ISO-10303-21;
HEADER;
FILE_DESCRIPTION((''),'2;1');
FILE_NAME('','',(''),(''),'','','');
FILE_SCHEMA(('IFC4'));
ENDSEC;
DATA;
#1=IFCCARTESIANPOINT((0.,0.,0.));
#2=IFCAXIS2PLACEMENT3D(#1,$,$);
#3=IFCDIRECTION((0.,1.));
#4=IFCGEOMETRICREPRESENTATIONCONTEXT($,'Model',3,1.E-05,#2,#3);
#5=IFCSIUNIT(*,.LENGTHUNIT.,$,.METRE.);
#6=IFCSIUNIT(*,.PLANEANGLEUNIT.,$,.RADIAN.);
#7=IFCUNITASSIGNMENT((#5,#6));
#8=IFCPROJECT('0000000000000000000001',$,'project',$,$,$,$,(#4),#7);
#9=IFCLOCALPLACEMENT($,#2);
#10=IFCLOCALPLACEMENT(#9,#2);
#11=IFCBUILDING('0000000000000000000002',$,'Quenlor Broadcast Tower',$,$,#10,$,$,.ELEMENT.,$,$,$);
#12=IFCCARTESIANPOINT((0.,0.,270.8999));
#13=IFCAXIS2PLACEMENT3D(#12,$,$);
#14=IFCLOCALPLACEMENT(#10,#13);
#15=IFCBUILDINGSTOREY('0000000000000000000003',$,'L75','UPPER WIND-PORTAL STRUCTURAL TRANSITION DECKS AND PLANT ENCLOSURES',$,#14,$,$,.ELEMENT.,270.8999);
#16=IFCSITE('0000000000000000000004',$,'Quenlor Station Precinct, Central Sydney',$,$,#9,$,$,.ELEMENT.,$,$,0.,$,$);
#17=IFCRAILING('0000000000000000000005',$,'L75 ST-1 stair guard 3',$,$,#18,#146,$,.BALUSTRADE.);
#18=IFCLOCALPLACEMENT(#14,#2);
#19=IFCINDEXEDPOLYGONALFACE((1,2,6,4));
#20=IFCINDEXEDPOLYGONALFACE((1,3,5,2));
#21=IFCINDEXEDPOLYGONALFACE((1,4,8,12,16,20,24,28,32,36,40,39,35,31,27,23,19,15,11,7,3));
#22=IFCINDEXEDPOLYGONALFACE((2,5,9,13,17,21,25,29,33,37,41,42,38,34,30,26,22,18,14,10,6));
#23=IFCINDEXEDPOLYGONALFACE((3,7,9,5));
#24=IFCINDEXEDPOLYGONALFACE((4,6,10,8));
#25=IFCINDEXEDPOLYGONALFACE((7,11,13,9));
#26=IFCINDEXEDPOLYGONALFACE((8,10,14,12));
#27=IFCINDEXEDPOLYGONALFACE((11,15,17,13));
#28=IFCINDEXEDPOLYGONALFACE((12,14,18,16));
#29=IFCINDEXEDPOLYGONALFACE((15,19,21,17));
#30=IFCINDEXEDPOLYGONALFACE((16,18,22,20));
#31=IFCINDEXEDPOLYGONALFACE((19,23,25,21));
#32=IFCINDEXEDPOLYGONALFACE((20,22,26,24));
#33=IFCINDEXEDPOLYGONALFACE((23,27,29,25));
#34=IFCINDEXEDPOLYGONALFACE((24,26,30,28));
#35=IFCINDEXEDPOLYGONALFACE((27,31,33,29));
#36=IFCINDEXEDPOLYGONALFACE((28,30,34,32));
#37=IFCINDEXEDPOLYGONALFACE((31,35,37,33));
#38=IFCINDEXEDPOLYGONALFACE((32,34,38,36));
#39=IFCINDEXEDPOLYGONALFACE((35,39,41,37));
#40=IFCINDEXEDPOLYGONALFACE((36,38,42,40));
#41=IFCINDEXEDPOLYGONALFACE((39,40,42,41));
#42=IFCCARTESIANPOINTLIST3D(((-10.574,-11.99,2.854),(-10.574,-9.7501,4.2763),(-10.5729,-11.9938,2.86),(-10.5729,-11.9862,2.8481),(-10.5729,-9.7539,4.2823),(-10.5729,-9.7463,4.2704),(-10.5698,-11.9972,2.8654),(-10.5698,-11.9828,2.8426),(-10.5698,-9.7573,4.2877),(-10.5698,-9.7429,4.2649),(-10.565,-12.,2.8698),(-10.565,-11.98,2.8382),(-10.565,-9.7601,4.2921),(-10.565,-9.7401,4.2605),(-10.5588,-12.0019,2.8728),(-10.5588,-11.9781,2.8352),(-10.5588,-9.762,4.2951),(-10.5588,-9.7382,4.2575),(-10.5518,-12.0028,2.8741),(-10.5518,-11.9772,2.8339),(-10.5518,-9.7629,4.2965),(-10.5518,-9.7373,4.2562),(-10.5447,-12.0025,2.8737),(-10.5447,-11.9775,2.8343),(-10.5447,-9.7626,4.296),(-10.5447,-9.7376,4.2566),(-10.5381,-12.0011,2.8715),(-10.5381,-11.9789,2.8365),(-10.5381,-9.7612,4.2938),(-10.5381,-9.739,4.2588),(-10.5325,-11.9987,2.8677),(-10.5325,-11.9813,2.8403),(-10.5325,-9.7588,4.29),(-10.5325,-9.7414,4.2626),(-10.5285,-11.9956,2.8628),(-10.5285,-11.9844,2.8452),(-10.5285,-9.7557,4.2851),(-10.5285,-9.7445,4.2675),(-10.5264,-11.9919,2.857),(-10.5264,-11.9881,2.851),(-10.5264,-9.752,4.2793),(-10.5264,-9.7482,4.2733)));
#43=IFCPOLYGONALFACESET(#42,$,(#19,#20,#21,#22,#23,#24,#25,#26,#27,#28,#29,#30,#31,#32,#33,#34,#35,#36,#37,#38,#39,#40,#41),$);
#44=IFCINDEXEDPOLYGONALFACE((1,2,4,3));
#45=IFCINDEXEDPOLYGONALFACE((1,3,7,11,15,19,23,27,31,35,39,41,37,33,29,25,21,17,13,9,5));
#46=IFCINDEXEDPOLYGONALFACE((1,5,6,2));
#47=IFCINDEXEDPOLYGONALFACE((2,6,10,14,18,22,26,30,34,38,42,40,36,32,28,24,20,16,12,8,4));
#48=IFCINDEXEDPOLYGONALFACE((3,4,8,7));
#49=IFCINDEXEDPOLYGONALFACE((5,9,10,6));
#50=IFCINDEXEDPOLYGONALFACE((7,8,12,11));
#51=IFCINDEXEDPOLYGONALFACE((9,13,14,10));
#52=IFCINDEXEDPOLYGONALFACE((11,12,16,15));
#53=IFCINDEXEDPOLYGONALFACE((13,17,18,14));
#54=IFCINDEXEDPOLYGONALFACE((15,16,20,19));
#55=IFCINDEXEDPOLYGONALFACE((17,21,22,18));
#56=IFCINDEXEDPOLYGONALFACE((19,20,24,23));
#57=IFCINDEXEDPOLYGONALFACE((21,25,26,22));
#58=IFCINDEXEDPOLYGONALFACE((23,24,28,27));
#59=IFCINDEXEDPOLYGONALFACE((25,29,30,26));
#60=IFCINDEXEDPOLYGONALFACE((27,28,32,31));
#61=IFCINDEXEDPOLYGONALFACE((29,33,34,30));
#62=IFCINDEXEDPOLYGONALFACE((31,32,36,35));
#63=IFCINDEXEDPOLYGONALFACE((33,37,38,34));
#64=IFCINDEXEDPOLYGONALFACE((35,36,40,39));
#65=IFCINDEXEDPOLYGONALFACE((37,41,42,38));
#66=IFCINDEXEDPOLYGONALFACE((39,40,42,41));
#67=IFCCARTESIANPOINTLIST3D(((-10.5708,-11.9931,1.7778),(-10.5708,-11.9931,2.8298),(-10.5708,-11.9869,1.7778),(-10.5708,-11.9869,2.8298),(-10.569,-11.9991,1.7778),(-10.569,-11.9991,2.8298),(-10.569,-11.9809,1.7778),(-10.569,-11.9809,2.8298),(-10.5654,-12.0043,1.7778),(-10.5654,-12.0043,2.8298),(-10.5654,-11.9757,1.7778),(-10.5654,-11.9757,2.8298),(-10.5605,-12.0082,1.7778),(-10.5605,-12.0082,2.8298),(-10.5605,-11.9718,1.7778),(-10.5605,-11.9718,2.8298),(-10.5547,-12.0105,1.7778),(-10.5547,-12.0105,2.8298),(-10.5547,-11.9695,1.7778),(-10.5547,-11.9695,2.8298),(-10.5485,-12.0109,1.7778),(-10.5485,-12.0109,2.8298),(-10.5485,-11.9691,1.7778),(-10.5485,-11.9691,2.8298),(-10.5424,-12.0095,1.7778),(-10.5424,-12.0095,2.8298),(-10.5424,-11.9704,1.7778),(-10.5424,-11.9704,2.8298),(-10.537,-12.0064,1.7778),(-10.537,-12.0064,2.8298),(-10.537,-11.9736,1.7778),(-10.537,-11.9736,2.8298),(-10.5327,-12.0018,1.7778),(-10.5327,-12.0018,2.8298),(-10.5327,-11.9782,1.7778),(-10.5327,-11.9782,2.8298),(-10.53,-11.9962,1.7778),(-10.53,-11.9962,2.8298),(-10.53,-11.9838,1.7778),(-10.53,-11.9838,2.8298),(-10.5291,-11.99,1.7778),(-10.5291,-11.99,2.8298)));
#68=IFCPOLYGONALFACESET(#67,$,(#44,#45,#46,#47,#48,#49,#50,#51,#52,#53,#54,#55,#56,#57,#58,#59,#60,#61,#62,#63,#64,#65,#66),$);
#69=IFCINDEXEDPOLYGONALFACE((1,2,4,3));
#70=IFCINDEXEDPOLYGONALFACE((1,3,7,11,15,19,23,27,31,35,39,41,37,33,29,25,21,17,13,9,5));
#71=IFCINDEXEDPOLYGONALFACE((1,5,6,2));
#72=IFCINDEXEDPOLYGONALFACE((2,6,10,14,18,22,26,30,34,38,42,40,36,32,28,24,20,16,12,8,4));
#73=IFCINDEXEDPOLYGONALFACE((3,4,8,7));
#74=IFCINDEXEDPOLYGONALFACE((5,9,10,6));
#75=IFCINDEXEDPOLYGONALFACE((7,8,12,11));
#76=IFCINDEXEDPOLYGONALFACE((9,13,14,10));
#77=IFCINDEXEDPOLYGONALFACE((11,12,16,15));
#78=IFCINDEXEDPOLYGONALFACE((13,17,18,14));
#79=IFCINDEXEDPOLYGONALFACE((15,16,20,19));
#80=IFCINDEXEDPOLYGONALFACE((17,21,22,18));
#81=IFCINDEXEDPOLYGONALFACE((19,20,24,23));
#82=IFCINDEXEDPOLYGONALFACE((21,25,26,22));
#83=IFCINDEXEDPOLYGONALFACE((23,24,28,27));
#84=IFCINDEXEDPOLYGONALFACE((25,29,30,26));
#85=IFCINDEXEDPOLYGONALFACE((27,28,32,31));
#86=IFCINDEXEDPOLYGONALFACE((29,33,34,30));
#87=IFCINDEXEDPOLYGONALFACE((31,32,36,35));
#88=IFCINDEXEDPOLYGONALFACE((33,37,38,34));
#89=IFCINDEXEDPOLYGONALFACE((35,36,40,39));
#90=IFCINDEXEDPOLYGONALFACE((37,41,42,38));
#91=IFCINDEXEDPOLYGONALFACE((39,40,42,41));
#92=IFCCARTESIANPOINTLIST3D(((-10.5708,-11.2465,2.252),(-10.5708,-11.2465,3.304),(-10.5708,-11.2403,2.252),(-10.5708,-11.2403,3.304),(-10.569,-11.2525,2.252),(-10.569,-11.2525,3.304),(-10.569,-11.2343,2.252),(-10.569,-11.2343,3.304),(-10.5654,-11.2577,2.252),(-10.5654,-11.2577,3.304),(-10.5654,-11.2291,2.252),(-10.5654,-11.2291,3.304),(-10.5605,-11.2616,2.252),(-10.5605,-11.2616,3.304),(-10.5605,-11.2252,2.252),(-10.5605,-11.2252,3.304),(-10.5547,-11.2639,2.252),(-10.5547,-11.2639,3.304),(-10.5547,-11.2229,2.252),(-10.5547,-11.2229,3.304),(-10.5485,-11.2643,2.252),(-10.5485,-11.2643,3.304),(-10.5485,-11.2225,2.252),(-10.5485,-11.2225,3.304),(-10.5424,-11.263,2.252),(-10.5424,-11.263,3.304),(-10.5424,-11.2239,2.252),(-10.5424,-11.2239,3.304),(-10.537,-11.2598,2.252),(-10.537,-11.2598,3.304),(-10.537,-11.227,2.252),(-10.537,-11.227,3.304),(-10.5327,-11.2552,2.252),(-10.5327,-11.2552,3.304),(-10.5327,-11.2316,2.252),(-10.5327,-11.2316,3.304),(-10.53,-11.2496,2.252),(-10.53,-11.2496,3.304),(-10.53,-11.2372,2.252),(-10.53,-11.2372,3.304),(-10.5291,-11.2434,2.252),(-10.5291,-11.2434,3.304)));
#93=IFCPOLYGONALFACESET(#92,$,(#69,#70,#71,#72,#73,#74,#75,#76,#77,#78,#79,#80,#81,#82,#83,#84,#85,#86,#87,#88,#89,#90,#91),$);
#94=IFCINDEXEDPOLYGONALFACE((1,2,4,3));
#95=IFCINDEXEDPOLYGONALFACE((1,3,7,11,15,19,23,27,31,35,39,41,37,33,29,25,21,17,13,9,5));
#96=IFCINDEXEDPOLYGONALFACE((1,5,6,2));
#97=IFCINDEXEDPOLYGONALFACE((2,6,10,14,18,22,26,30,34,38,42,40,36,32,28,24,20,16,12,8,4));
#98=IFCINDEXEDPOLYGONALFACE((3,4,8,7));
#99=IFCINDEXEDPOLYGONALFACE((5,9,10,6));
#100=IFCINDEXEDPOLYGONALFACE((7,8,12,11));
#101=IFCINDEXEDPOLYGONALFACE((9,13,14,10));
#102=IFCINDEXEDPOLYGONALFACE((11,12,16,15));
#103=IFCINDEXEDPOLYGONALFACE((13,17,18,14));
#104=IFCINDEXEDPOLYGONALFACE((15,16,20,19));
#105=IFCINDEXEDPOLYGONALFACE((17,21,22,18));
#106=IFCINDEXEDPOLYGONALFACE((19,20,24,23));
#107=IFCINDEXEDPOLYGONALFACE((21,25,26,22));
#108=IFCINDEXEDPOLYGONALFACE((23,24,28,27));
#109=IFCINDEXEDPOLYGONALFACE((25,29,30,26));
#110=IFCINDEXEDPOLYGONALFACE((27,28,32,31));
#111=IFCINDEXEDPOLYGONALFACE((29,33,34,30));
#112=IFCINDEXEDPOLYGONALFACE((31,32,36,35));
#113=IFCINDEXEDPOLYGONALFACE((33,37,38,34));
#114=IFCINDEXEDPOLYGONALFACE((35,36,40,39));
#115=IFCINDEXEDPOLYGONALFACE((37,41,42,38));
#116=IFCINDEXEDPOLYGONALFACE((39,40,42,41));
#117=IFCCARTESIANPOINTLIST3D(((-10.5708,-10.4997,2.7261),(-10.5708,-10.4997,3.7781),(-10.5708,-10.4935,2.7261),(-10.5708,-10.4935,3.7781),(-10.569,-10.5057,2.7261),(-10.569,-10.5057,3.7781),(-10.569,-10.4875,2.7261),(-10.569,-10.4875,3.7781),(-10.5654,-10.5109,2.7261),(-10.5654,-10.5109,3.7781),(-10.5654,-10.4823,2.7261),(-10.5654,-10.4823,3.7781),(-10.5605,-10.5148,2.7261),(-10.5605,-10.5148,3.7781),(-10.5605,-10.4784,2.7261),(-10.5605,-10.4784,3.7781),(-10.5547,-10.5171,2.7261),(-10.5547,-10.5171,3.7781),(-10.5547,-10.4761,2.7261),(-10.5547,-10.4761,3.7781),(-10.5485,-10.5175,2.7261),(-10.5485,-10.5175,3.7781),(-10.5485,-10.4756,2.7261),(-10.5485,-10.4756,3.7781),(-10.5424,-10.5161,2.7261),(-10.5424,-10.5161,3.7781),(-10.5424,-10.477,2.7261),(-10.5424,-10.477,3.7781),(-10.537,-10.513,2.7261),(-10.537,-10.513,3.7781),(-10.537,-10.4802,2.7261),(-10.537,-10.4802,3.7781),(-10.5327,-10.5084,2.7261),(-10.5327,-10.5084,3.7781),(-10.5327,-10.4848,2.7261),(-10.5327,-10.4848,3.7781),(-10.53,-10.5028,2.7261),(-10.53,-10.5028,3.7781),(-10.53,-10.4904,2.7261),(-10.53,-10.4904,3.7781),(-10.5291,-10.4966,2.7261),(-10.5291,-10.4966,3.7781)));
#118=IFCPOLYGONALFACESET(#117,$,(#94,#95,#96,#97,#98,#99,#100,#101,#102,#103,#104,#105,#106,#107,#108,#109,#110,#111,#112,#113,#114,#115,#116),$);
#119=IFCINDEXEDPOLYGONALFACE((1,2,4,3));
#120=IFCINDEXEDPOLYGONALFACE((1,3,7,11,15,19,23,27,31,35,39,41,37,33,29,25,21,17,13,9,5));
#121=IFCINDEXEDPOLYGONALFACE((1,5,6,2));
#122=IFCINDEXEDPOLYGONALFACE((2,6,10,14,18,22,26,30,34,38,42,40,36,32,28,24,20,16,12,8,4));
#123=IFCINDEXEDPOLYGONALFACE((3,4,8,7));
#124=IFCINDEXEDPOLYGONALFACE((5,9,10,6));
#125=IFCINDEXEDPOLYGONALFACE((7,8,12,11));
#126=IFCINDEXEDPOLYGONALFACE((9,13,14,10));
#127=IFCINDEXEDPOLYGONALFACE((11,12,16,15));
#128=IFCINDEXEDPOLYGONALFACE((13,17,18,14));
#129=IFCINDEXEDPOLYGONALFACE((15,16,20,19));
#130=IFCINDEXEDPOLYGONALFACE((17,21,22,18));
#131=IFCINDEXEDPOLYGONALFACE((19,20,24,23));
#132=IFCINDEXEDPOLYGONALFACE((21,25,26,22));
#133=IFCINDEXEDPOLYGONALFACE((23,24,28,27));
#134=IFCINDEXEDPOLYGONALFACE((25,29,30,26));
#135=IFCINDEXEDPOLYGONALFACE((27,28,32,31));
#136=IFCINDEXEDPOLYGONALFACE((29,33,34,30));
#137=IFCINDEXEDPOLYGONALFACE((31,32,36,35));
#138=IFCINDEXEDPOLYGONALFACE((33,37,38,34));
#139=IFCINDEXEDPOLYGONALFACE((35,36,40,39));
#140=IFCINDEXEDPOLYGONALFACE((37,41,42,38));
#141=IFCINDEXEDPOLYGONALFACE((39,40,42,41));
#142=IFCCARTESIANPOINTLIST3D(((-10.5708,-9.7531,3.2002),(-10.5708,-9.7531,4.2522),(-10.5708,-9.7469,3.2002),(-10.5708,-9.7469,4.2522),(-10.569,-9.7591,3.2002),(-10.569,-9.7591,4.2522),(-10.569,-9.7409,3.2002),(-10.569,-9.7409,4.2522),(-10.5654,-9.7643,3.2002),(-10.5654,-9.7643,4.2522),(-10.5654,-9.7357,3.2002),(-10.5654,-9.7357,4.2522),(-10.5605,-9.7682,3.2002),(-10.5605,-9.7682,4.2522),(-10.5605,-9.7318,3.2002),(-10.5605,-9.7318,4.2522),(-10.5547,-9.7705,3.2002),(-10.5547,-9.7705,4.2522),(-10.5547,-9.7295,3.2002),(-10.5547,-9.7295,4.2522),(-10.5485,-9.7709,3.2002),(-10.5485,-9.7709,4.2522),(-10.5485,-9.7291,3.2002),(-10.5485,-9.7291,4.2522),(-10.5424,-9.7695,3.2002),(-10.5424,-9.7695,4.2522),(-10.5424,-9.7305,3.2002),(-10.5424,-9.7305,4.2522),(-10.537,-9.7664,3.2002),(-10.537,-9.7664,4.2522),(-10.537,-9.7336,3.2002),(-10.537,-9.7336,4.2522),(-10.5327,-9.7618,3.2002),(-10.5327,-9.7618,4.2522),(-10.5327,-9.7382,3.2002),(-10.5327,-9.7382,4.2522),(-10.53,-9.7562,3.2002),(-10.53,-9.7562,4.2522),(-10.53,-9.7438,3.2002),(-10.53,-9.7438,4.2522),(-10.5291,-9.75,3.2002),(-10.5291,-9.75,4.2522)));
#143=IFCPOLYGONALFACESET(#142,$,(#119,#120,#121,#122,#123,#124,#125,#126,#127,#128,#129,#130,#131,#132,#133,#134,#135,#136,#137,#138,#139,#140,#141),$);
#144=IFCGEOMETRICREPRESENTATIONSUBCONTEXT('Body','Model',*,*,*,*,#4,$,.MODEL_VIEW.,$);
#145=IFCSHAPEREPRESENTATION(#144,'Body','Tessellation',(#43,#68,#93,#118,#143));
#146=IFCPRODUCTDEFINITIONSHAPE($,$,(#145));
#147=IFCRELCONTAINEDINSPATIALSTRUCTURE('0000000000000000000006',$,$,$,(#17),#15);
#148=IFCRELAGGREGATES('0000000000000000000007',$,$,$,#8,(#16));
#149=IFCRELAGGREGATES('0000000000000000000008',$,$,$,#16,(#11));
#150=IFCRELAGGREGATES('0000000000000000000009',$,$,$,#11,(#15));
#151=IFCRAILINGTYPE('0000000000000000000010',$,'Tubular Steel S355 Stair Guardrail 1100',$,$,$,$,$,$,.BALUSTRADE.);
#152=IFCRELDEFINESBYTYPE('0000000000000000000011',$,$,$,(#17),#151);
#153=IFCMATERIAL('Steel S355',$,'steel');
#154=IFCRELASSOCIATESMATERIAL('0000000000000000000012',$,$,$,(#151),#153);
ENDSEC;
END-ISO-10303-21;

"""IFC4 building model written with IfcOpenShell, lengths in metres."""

from ifc_helpers import new_model, si_unit, direction, frame, origin, origin_2d, place, context, subcontext, project, spatial, circle, extrude, material, type_object, element, save


model = new_model("IFC4")

# Units and contexts
model_context = context("Model", 3, precision=1e-05, world=origin(), true_north=direction((0.0, 1.0)))
body_context = subcontext(model_context, "Body", "Model", "MODEL_VIEW")
ifc_project = project(units=[si_unit("LENGTHUNIT", "METRE"), si_unit("PLANEANGLEUNIT", "RADIAN")], contexts=[model_context])

# Site, building, storey
site_placement = place(None, origin())
site = spatial("IfcSite", under=ifc_project, at=site_placement, Name="Quenlor Station Precinct, Central Sydney", CompositionType="ELEMENT", RefElevation=0.0)
building_placement = place(site_placement, origin())
building = spatial("IfcBuilding", under=site, at=building_placement, Name="Quenlor Broadcast Tower", CompositionType="ELEMENT")
storey_placement = place(building_placement, frame((0.0, 0.0, 270.8999)))
storey = spatial("IfcBuildingStorey", under=building, at=storey_placement, Name="L75", Description="UPPER WIND-PORTAL STRUCTURAL TRANSITION DECKS AND PLANT ENCLOSURES", CompositionType="ELEMENT", Elevation=270.8999)

# Railing
ifc_material_1 = material(Name="Steel S355", Category="steel")
railing_type_1 = type_object("IfcRailingType", Name="Tubular Steel S355 Stair Guardrail 1100", PredefinedType="BALUSTRADE", material=ifc_material_1)
railing_1_placement = place(storey_placement, frame((-10.55, -11.99, 1.7778)))
element("IfcRailing", 1, at=railing_1_placement, inside=storey, type_object=railing_type_1, Name="L75 ST-1 stair guard 3", PredefinedType="BALUSTRADE", context=body_context, shape_type="SweptSolid", body=[
    extrude(circle(Radius=0.0239, at=origin_2d()), frame((0.0, 0.0, 1.0762), z_axis=(0.0, 0.844188, 0.536048), x_axis=(-1.0, 0.0, 0.0)), (0.0, 0.0, 1.0), 2.6533),
    extrude(circle(Radius=0.021, at=origin_2d()), origin(), (0.0, 0.0, 1.0), 1.052),
    extrude(circle(Radius=0.021, at=origin_2d()), frame((0.0, 0.7466, 0.4741)), (0.0, 0.0, 1.0), 1.052),
    extrude(circle(Radius=0.021, at=origin_2d()), frame((0.0, 1.4934, 0.9482)), (0.0, 0.0, 1.0), 1.052),
    extrude(circle(Radius=0.021, at=origin_2d()), frame((0.0, 2.24, 1.4224)), (0.0, 0.0, 1.0), 1.052),
])

save(model, "model.ifc")
